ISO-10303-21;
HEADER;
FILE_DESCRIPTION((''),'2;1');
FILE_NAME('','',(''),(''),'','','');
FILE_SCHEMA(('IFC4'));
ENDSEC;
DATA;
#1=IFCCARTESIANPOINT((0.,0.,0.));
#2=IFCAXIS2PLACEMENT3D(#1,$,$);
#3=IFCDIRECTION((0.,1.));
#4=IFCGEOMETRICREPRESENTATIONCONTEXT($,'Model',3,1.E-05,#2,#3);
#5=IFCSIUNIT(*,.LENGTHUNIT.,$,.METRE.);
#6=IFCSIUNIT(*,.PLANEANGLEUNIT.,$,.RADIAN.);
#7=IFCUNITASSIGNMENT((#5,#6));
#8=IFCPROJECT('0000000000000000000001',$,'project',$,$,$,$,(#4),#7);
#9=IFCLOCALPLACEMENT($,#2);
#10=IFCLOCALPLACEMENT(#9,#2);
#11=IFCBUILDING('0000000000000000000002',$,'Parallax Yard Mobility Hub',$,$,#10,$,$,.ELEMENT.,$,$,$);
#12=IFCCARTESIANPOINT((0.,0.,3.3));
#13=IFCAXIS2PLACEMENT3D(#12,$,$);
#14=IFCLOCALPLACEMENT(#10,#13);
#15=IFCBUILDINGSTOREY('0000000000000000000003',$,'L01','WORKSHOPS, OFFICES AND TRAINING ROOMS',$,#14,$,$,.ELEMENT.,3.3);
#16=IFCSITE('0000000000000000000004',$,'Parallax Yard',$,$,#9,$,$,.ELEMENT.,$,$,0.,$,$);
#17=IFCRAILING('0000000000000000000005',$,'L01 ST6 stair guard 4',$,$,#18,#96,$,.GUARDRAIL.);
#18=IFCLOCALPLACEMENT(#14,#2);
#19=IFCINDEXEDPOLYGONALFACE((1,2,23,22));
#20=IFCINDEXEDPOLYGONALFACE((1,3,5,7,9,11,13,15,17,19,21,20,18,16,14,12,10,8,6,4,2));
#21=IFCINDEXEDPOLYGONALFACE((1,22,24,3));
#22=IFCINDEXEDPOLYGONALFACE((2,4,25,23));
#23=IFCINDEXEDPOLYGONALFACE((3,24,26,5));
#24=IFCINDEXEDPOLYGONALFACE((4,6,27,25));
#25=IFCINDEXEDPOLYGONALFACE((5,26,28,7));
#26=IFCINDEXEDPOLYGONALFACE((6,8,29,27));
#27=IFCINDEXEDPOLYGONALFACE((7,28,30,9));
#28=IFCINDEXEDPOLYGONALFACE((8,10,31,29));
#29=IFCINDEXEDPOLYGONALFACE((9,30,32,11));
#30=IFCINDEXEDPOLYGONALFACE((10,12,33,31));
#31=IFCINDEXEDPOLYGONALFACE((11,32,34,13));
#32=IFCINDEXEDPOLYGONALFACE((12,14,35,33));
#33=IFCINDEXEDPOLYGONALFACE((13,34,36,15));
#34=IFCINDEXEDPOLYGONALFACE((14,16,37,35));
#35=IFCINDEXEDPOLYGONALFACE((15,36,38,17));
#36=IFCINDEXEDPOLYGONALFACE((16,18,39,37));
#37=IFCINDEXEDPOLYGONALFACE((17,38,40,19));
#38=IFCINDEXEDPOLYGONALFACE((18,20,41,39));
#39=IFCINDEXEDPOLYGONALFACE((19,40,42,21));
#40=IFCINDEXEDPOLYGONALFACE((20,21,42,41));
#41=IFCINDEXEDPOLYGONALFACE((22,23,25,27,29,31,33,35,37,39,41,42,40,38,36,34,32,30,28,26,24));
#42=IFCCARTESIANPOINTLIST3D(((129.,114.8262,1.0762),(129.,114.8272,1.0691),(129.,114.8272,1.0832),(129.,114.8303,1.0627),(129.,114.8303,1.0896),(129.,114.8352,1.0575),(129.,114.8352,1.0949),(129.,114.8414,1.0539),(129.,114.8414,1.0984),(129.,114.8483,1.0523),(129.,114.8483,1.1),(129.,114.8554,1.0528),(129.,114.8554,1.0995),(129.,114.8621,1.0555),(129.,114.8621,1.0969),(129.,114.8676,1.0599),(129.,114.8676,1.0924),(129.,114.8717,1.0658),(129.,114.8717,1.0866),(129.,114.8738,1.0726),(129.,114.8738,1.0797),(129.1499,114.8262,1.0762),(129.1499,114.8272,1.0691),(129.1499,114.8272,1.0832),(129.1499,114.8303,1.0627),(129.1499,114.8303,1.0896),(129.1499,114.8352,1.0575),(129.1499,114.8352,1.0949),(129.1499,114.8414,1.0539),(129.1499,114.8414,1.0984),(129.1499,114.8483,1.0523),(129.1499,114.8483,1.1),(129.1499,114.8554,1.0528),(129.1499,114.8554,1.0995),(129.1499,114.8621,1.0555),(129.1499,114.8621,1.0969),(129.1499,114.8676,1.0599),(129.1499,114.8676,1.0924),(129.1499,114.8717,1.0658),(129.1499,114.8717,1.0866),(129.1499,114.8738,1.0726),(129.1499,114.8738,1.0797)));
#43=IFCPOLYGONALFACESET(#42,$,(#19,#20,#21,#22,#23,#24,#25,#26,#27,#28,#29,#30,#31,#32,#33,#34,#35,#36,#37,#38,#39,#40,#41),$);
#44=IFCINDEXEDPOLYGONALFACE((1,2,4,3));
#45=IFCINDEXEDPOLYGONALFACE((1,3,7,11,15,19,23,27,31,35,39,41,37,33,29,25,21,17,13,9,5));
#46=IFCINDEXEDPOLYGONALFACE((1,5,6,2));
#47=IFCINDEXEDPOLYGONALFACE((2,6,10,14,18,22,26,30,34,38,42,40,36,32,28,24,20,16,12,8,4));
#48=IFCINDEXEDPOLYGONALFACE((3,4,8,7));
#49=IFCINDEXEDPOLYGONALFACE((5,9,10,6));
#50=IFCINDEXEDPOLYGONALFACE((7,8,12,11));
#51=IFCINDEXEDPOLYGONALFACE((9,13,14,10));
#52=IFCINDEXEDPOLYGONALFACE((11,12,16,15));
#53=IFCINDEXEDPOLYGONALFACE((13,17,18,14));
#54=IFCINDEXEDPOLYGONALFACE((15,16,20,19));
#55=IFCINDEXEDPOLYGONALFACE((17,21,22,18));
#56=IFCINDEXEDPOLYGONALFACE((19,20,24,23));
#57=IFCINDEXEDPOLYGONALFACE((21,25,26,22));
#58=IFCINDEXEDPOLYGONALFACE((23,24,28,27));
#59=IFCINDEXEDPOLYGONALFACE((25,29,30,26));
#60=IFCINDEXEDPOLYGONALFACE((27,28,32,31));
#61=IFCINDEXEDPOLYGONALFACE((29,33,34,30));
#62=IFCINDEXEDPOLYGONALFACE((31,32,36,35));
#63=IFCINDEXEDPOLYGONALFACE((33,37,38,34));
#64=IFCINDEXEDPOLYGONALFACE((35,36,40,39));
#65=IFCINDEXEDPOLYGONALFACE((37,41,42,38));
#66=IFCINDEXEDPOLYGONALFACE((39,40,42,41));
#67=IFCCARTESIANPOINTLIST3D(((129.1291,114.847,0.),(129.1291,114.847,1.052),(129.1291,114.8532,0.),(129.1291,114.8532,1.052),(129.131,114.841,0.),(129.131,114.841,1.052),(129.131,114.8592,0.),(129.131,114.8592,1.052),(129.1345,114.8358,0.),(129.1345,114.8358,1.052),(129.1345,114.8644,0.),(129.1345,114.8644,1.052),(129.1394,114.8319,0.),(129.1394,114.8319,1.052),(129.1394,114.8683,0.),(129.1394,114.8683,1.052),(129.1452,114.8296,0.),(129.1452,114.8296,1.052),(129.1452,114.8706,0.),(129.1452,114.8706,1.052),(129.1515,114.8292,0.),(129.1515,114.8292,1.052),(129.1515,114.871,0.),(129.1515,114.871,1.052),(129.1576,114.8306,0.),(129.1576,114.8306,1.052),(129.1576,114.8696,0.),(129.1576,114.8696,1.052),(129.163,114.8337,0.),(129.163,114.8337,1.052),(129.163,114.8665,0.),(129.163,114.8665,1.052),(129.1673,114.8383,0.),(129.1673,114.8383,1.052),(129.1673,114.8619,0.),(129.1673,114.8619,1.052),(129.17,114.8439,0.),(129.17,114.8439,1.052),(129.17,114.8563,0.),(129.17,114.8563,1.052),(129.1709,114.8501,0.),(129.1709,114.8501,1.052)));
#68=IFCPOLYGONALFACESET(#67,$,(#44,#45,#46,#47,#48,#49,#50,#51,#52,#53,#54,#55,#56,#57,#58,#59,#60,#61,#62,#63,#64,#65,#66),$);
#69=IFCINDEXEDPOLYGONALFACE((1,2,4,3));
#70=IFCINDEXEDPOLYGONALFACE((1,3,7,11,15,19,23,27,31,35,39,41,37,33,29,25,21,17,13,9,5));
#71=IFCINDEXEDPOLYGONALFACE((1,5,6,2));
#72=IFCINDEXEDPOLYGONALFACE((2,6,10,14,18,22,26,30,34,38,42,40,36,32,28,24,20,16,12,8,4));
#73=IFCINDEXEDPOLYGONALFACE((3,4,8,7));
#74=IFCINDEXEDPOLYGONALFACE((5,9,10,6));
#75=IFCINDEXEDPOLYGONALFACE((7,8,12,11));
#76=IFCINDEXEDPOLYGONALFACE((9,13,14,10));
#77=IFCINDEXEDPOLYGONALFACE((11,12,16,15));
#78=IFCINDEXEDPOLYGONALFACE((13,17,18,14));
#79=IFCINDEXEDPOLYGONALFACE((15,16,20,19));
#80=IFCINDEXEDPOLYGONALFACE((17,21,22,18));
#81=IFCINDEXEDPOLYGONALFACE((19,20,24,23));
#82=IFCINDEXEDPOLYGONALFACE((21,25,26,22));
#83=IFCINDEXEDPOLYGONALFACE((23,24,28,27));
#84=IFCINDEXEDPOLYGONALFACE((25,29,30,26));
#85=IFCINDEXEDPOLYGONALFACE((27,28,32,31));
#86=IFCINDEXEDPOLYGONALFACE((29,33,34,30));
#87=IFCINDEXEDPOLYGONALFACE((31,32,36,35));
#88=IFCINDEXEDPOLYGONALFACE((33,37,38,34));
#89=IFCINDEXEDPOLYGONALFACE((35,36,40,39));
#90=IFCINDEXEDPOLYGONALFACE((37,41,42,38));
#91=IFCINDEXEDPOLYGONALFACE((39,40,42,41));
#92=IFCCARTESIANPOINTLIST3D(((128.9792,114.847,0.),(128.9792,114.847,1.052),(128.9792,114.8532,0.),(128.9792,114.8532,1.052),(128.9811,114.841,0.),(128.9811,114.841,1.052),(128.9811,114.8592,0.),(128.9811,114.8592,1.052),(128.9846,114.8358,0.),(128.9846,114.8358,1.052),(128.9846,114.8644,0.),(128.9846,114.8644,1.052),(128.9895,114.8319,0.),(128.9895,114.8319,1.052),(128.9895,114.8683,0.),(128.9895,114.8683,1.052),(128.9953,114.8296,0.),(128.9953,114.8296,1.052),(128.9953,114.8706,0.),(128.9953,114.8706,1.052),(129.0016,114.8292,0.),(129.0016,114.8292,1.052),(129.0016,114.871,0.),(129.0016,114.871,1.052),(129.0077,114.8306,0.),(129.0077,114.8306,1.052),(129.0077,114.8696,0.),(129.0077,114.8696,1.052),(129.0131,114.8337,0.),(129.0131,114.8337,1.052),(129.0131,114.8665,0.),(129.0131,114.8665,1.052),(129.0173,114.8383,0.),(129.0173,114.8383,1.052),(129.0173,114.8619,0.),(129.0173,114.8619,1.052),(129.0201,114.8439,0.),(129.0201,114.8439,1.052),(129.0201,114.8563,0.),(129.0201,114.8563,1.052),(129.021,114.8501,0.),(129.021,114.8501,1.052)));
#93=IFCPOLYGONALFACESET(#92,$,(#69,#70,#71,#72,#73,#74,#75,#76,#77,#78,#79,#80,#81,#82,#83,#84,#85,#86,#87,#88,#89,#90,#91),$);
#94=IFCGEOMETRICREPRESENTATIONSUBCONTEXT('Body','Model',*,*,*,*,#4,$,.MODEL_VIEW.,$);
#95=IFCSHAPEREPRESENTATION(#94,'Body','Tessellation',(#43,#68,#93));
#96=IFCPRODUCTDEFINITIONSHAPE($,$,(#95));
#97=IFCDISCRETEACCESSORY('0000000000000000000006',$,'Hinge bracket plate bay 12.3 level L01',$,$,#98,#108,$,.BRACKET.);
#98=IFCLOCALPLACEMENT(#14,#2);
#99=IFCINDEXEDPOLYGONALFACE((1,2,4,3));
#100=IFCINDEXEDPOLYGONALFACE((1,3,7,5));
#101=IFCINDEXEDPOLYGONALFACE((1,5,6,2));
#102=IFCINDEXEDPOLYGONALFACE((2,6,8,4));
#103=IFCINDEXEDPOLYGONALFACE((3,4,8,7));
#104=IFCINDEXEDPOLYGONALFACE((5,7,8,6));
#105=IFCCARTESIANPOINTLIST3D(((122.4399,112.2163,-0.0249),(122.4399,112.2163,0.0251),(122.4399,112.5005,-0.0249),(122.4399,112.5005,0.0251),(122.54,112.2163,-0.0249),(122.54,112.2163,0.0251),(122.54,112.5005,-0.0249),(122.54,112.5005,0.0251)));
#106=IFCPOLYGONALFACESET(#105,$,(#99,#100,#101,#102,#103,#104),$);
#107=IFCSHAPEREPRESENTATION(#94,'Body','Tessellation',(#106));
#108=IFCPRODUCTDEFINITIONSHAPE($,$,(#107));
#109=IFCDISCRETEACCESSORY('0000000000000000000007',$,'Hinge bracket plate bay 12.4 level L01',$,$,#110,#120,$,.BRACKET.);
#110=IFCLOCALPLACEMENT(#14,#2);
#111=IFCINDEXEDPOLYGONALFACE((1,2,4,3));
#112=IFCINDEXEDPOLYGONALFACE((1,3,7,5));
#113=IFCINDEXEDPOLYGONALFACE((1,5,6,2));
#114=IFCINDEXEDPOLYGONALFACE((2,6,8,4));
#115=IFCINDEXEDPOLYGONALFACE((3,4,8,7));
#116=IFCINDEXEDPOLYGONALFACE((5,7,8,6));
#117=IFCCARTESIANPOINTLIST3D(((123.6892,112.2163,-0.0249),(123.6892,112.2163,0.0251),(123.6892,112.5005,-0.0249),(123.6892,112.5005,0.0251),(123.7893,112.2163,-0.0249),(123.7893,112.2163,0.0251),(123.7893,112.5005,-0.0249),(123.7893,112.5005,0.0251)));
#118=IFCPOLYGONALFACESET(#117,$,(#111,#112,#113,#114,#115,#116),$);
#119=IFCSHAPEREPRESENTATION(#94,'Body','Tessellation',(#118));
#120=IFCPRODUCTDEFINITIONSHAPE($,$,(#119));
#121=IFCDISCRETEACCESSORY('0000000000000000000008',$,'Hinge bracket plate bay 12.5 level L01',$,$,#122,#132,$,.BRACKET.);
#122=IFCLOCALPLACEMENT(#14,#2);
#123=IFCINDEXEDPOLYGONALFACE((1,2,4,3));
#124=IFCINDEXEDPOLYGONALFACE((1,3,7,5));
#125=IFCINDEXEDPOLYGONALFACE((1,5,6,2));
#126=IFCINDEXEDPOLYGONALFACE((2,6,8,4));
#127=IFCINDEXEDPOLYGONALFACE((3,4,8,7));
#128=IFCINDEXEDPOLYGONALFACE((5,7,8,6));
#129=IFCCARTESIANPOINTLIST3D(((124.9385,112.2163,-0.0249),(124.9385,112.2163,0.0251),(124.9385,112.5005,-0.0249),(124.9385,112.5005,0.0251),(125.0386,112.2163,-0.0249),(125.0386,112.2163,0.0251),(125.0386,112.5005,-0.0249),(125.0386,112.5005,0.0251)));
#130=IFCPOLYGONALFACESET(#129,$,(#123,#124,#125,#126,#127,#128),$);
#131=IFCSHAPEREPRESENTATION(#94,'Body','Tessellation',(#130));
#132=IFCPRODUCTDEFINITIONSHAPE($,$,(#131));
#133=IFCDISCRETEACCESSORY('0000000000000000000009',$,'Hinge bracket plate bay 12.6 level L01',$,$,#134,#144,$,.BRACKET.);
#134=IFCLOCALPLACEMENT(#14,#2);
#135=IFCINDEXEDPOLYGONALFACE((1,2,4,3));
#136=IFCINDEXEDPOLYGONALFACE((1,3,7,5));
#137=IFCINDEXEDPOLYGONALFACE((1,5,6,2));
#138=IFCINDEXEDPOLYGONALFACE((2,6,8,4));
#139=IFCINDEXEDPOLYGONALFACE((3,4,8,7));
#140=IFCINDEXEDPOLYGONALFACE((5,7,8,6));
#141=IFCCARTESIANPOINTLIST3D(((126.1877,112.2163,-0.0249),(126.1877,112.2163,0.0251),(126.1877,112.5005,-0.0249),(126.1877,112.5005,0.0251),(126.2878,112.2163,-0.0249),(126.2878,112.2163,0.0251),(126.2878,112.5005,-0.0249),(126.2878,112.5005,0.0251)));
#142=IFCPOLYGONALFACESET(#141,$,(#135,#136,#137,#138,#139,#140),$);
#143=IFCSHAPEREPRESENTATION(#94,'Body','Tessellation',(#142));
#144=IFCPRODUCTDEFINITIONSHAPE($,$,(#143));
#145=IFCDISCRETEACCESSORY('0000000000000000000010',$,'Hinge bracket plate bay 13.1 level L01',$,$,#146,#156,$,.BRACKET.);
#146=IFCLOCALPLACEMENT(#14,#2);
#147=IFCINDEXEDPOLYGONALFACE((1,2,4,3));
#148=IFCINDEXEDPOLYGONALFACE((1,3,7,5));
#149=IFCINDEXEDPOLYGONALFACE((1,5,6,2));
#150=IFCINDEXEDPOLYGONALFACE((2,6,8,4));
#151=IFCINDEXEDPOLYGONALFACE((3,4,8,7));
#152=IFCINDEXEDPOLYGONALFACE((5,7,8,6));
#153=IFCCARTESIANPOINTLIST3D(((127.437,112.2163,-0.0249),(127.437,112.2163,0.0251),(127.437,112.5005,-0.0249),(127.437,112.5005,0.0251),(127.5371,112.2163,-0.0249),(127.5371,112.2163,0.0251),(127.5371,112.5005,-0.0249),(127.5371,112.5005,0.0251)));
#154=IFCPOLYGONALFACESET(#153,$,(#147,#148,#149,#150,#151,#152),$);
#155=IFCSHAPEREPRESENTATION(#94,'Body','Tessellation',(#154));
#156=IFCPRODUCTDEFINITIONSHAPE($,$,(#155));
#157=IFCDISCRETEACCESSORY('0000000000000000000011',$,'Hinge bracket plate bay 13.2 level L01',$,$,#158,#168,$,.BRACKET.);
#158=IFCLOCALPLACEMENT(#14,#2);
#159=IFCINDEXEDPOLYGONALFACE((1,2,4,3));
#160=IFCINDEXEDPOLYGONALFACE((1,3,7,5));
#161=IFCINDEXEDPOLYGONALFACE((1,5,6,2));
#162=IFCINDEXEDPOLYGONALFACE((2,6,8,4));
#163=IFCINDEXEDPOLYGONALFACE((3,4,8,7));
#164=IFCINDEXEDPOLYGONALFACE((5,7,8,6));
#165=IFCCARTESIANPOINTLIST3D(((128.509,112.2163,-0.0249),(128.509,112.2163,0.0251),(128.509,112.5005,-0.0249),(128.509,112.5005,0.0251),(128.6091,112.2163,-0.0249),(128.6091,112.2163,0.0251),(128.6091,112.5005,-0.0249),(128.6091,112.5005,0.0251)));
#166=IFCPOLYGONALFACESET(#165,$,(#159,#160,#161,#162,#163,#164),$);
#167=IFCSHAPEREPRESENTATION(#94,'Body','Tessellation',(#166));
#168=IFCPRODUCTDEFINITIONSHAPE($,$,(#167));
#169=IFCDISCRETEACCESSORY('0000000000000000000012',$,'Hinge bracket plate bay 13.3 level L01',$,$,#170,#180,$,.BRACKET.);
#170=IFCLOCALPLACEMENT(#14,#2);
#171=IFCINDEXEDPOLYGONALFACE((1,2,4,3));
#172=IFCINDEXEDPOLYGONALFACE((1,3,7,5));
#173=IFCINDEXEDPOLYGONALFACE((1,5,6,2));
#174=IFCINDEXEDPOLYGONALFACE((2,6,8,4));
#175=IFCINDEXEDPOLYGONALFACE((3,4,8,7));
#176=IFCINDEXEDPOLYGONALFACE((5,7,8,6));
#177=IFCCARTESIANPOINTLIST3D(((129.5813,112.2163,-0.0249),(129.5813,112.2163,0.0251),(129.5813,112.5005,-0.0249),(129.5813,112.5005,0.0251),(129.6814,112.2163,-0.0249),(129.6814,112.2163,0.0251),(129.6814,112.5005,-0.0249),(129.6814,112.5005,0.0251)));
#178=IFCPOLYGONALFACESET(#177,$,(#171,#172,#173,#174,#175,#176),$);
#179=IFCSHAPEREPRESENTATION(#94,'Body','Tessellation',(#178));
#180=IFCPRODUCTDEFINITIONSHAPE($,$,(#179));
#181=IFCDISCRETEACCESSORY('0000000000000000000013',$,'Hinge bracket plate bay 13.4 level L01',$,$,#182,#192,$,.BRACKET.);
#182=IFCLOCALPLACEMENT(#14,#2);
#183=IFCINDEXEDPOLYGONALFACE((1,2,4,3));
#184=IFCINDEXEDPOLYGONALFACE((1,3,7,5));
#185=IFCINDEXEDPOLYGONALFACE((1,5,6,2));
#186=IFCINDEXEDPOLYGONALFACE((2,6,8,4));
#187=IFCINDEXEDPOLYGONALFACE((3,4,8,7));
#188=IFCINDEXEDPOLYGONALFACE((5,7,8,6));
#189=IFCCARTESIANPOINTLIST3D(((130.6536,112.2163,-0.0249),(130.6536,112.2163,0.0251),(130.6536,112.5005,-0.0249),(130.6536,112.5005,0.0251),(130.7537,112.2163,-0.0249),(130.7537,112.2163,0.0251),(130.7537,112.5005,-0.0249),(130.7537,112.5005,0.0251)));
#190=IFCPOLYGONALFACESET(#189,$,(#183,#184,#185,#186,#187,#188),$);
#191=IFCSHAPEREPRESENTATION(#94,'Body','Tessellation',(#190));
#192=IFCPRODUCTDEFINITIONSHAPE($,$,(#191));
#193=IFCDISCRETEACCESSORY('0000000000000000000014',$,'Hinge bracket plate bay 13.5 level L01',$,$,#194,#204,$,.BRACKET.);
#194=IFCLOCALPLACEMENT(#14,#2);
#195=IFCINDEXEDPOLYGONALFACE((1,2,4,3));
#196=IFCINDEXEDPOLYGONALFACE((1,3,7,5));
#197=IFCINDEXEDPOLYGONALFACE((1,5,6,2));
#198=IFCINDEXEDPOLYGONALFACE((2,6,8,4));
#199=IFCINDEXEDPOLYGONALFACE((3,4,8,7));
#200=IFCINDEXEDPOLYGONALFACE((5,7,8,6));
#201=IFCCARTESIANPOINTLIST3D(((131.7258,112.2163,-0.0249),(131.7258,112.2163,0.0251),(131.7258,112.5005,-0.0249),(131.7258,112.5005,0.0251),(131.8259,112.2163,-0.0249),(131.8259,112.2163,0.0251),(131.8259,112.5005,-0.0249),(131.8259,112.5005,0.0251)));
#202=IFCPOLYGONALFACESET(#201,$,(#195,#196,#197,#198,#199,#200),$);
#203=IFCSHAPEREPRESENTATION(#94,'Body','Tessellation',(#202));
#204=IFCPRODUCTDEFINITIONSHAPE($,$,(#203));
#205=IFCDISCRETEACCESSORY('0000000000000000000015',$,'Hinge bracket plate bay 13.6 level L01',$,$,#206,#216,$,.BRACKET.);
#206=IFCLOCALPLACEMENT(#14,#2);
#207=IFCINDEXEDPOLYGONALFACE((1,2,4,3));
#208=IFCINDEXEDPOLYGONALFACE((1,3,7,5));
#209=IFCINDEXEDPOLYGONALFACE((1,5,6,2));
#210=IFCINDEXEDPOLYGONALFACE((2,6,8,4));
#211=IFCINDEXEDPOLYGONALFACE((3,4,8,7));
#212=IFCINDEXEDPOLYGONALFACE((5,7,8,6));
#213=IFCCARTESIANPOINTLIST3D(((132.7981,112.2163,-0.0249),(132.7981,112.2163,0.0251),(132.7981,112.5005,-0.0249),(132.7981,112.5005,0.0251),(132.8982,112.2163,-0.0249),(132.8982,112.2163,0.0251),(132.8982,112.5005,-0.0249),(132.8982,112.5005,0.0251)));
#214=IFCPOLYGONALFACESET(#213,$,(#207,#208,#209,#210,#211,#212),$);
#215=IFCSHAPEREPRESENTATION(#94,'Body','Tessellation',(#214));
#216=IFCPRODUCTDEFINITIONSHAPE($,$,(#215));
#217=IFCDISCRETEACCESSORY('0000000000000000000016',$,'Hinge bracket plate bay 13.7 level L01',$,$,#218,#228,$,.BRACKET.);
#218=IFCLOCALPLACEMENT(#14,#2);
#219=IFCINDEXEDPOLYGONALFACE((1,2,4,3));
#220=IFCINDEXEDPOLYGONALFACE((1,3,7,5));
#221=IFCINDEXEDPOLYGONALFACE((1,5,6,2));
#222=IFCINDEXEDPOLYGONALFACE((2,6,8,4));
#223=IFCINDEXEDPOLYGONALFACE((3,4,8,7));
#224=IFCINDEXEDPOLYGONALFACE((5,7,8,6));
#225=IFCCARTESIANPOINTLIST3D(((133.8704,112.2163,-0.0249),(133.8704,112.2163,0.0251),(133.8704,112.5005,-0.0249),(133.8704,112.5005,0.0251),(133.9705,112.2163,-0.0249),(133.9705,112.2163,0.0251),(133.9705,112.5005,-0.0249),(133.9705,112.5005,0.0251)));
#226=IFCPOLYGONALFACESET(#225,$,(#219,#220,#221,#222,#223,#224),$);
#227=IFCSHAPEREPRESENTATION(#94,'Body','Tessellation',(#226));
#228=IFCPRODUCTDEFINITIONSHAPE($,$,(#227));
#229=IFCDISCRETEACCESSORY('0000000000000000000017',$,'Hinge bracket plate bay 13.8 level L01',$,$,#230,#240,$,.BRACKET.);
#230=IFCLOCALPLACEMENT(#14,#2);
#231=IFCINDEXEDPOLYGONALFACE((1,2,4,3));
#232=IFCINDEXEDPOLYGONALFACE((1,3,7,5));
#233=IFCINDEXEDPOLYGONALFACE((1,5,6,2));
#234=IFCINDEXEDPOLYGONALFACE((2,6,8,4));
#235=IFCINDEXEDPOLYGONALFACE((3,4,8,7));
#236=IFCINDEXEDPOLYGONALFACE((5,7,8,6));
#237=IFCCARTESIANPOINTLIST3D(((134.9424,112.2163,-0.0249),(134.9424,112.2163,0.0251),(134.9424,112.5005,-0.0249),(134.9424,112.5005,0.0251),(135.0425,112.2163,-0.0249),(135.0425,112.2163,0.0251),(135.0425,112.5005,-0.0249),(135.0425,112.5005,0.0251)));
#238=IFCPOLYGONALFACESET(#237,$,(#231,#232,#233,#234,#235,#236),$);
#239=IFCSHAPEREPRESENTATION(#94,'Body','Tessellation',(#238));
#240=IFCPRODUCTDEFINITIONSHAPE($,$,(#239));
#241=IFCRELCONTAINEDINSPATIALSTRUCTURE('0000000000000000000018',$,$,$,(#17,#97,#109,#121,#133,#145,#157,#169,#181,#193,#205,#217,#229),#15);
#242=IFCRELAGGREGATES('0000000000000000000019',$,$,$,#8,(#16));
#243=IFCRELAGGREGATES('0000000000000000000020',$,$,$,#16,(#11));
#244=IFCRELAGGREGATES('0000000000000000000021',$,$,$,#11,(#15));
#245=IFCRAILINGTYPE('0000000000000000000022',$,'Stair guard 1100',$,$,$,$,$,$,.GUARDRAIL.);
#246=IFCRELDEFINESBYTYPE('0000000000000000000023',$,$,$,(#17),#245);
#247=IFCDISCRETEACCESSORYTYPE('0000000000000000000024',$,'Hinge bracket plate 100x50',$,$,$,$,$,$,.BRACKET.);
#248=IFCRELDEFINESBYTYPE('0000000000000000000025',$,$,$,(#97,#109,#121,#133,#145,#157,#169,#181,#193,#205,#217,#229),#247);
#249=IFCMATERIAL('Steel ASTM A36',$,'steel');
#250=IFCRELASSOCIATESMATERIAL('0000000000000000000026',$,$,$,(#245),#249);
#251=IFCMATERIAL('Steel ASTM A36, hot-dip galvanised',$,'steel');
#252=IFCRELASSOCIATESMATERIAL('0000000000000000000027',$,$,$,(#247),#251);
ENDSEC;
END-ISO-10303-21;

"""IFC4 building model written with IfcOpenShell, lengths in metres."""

from ifc_helpers import new_model, si_unit, direction, frame, origin, origin_2d, place, context, subcontext, project, spatial, rectangle, circle, extrude, material, type_object, element, save


model = new_model("IFC4")

# Units and contexts
model_context = context("Model", 3, precision=1e-05, world=origin(), true_north=direction((0.0, 1.0)))
body_context = subcontext(model_context, "Body", "Model", "MODEL_VIEW")
ifc_project = project(units=[si_unit("LENGTHUNIT", "METRE"), si_unit("PLANEANGLEUNIT", "RADIAN")], contexts=[model_context])

# Site, building, storey
site_placement = place(None, origin())
site = spatial("IfcSite", under=ifc_project, at=site_placement, Name="Parallax Yard", CompositionType="ELEMENT", RefElevation=0.0)
building_placement = place(site_placement, origin())
building = spatial("IfcBuilding", under=site, at=building_placement, Name="Parallax Yard Mobility Hub", CompositionType="ELEMENT")
storey_placement = place(building_placement, frame((0.0, 0.0, 3.3)))
storey = spatial("IfcBuildingStorey", under=building, at=storey_placement, Name="L01", Description="WORKSHOPS, OFFICES AND TRAINING ROOMS", CompositionType="ELEMENT", Elevation=3.3)

# Railing
ifc_material_1 = material(Name="Steel ASTM A36", Category="steel")
railing_type = type_object("IfcRailingType", Name="Stair guard 1100", PredefinedType="GUARDRAIL", material=ifc_material_1)
railing_1_placement = place(storey_placement, frame((129.1499, 114.8501, 0.0)))
element("IfcRailing", 1, at=railing_1_placement, inside=storey, type_object=railing_type, Name="L01 ST6 stair guard 4", PredefinedType="GUARDRAIL", context=body_context, shape_type="SweptSolid", body=[
    extrude(circle(Radius=0.0239, at=origin_2d()), frame((0.0, 0.0, 1.0762), z_axis=(-1.0, 0.0, 0.0), x_axis=(0.0, -1.0, 0.0)), (0.0, 0.0, 1.0), 0.1499),
    extrude(circle(Radius=0.021, at=origin_2d()), origin(), (0.0, 0.0, 1.0), 1.052),
    extrude(circle(Radius=0.021, at=origin_2d()), frame((-0.1499, 0.0, 0.0)), (0.0, 0.0, 1.0), 1.052),
])

# Discrete accessories
ifc_material_2 = material(Name="Steel ASTM A36, hot-dip galvanised", Category="steel")
discrete_accessory_type_1 = type_object("IfcDiscreteAccessoryType", Name="Hinge bracket plate 100x50", PredefinedType="BRACKET", material=ifc_material_2)
for number, where, z_axis, x_axis, name in (
    (2, (122.49, 112.3584, -0.0249), (0.0, 0.0, 1.0), (0.0, -1.0, 0.0), "Hinge bracket plate bay 12.3 level L01"),
    (3, (123.7393, 112.3584, -0.0249), (0.0, 0.0, 1.0), (0.0, -1.0, 0.0), "Hinge bracket plate bay 12.4 level L01"),
    (4, (124.9885, 112.3584, -0.0249), (0.0, 0.0, 1.0), (0.0, -1.0, 0.0), "Hinge bracket plate bay 12.5 level L01"),
    (5, (126.2378, 112.3584, -0.0249), (0.0, 0.0, 1.0), (0.0, -1.0, 0.0), "Hinge bracket plate bay 12.6 level L01"),
    (6, (127.4871, 112.3584, -0.0249), (0.0, 0.0, 1.0), (0.0, -1.0, 0.0), "Hinge bracket plate bay 13.1 level L01"),
    (7, (128.5591, 112.3584, -0.0249), (0.0, 0.0, 1.0), (0.0, -1.0, 0.0), "Hinge bracket plate bay 13.2 level L01"),
    (8, (129.6313, 112.3584, -0.0249), (0.0, 0.0, 1.0), (0.0, -1.0, 0.0), "Hinge bracket plate bay 13.3 level L01"),
    (9, (130.7036, 112.3584, -0.0249), (0.0, 0.0, 1.0), (0.0, -1.0, 0.0), "Hinge bracket plate bay 13.4 level L01"),
    (10, (131.7759, 112.3584, -0.0249), (0.0, 0.0, 1.0), (0.0, -1.0, 0.0), "Hinge bracket plate bay 13.5 level L01"),
    (11, (132.8481, 112.3584, -0.0249), (0.0, 0.0, 1.0), (0.0, -1.0, 0.0), "Hinge bracket plate bay 13.6 level L01"),
    (12, (133.9204, 112.3584, -0.0249), (0.0, 0.0, 1.0), (0.0, -1.0, 0.0), "Hinge bracket plate bay 13.7 level L01"),
    (13, (134.9924, 112.3584, -0.0249), (0.0, 0.0, 1.0), (0.0, -1.0, 0.0), "Hinge bracket plate bay 13.8 level L01"),
):
    element("IfcDiscreteAccessory", number, at=place(storey_placement, frame(where, z_axis=z_axis, x_axis=x_axis)), inside=storey, type_object=discrete_accessory_type_1, Name=name, PredefinedType="BRACKET", context=body_context, shape_type="SweptSolid", body=[
        extrude(rectangle(XDim=0.2842, YDim=0.1001, at=origin_2d()), origin(), (0.0, 0.0, 1.0), 0.05),
    ])

save(model, "model.ifc")
